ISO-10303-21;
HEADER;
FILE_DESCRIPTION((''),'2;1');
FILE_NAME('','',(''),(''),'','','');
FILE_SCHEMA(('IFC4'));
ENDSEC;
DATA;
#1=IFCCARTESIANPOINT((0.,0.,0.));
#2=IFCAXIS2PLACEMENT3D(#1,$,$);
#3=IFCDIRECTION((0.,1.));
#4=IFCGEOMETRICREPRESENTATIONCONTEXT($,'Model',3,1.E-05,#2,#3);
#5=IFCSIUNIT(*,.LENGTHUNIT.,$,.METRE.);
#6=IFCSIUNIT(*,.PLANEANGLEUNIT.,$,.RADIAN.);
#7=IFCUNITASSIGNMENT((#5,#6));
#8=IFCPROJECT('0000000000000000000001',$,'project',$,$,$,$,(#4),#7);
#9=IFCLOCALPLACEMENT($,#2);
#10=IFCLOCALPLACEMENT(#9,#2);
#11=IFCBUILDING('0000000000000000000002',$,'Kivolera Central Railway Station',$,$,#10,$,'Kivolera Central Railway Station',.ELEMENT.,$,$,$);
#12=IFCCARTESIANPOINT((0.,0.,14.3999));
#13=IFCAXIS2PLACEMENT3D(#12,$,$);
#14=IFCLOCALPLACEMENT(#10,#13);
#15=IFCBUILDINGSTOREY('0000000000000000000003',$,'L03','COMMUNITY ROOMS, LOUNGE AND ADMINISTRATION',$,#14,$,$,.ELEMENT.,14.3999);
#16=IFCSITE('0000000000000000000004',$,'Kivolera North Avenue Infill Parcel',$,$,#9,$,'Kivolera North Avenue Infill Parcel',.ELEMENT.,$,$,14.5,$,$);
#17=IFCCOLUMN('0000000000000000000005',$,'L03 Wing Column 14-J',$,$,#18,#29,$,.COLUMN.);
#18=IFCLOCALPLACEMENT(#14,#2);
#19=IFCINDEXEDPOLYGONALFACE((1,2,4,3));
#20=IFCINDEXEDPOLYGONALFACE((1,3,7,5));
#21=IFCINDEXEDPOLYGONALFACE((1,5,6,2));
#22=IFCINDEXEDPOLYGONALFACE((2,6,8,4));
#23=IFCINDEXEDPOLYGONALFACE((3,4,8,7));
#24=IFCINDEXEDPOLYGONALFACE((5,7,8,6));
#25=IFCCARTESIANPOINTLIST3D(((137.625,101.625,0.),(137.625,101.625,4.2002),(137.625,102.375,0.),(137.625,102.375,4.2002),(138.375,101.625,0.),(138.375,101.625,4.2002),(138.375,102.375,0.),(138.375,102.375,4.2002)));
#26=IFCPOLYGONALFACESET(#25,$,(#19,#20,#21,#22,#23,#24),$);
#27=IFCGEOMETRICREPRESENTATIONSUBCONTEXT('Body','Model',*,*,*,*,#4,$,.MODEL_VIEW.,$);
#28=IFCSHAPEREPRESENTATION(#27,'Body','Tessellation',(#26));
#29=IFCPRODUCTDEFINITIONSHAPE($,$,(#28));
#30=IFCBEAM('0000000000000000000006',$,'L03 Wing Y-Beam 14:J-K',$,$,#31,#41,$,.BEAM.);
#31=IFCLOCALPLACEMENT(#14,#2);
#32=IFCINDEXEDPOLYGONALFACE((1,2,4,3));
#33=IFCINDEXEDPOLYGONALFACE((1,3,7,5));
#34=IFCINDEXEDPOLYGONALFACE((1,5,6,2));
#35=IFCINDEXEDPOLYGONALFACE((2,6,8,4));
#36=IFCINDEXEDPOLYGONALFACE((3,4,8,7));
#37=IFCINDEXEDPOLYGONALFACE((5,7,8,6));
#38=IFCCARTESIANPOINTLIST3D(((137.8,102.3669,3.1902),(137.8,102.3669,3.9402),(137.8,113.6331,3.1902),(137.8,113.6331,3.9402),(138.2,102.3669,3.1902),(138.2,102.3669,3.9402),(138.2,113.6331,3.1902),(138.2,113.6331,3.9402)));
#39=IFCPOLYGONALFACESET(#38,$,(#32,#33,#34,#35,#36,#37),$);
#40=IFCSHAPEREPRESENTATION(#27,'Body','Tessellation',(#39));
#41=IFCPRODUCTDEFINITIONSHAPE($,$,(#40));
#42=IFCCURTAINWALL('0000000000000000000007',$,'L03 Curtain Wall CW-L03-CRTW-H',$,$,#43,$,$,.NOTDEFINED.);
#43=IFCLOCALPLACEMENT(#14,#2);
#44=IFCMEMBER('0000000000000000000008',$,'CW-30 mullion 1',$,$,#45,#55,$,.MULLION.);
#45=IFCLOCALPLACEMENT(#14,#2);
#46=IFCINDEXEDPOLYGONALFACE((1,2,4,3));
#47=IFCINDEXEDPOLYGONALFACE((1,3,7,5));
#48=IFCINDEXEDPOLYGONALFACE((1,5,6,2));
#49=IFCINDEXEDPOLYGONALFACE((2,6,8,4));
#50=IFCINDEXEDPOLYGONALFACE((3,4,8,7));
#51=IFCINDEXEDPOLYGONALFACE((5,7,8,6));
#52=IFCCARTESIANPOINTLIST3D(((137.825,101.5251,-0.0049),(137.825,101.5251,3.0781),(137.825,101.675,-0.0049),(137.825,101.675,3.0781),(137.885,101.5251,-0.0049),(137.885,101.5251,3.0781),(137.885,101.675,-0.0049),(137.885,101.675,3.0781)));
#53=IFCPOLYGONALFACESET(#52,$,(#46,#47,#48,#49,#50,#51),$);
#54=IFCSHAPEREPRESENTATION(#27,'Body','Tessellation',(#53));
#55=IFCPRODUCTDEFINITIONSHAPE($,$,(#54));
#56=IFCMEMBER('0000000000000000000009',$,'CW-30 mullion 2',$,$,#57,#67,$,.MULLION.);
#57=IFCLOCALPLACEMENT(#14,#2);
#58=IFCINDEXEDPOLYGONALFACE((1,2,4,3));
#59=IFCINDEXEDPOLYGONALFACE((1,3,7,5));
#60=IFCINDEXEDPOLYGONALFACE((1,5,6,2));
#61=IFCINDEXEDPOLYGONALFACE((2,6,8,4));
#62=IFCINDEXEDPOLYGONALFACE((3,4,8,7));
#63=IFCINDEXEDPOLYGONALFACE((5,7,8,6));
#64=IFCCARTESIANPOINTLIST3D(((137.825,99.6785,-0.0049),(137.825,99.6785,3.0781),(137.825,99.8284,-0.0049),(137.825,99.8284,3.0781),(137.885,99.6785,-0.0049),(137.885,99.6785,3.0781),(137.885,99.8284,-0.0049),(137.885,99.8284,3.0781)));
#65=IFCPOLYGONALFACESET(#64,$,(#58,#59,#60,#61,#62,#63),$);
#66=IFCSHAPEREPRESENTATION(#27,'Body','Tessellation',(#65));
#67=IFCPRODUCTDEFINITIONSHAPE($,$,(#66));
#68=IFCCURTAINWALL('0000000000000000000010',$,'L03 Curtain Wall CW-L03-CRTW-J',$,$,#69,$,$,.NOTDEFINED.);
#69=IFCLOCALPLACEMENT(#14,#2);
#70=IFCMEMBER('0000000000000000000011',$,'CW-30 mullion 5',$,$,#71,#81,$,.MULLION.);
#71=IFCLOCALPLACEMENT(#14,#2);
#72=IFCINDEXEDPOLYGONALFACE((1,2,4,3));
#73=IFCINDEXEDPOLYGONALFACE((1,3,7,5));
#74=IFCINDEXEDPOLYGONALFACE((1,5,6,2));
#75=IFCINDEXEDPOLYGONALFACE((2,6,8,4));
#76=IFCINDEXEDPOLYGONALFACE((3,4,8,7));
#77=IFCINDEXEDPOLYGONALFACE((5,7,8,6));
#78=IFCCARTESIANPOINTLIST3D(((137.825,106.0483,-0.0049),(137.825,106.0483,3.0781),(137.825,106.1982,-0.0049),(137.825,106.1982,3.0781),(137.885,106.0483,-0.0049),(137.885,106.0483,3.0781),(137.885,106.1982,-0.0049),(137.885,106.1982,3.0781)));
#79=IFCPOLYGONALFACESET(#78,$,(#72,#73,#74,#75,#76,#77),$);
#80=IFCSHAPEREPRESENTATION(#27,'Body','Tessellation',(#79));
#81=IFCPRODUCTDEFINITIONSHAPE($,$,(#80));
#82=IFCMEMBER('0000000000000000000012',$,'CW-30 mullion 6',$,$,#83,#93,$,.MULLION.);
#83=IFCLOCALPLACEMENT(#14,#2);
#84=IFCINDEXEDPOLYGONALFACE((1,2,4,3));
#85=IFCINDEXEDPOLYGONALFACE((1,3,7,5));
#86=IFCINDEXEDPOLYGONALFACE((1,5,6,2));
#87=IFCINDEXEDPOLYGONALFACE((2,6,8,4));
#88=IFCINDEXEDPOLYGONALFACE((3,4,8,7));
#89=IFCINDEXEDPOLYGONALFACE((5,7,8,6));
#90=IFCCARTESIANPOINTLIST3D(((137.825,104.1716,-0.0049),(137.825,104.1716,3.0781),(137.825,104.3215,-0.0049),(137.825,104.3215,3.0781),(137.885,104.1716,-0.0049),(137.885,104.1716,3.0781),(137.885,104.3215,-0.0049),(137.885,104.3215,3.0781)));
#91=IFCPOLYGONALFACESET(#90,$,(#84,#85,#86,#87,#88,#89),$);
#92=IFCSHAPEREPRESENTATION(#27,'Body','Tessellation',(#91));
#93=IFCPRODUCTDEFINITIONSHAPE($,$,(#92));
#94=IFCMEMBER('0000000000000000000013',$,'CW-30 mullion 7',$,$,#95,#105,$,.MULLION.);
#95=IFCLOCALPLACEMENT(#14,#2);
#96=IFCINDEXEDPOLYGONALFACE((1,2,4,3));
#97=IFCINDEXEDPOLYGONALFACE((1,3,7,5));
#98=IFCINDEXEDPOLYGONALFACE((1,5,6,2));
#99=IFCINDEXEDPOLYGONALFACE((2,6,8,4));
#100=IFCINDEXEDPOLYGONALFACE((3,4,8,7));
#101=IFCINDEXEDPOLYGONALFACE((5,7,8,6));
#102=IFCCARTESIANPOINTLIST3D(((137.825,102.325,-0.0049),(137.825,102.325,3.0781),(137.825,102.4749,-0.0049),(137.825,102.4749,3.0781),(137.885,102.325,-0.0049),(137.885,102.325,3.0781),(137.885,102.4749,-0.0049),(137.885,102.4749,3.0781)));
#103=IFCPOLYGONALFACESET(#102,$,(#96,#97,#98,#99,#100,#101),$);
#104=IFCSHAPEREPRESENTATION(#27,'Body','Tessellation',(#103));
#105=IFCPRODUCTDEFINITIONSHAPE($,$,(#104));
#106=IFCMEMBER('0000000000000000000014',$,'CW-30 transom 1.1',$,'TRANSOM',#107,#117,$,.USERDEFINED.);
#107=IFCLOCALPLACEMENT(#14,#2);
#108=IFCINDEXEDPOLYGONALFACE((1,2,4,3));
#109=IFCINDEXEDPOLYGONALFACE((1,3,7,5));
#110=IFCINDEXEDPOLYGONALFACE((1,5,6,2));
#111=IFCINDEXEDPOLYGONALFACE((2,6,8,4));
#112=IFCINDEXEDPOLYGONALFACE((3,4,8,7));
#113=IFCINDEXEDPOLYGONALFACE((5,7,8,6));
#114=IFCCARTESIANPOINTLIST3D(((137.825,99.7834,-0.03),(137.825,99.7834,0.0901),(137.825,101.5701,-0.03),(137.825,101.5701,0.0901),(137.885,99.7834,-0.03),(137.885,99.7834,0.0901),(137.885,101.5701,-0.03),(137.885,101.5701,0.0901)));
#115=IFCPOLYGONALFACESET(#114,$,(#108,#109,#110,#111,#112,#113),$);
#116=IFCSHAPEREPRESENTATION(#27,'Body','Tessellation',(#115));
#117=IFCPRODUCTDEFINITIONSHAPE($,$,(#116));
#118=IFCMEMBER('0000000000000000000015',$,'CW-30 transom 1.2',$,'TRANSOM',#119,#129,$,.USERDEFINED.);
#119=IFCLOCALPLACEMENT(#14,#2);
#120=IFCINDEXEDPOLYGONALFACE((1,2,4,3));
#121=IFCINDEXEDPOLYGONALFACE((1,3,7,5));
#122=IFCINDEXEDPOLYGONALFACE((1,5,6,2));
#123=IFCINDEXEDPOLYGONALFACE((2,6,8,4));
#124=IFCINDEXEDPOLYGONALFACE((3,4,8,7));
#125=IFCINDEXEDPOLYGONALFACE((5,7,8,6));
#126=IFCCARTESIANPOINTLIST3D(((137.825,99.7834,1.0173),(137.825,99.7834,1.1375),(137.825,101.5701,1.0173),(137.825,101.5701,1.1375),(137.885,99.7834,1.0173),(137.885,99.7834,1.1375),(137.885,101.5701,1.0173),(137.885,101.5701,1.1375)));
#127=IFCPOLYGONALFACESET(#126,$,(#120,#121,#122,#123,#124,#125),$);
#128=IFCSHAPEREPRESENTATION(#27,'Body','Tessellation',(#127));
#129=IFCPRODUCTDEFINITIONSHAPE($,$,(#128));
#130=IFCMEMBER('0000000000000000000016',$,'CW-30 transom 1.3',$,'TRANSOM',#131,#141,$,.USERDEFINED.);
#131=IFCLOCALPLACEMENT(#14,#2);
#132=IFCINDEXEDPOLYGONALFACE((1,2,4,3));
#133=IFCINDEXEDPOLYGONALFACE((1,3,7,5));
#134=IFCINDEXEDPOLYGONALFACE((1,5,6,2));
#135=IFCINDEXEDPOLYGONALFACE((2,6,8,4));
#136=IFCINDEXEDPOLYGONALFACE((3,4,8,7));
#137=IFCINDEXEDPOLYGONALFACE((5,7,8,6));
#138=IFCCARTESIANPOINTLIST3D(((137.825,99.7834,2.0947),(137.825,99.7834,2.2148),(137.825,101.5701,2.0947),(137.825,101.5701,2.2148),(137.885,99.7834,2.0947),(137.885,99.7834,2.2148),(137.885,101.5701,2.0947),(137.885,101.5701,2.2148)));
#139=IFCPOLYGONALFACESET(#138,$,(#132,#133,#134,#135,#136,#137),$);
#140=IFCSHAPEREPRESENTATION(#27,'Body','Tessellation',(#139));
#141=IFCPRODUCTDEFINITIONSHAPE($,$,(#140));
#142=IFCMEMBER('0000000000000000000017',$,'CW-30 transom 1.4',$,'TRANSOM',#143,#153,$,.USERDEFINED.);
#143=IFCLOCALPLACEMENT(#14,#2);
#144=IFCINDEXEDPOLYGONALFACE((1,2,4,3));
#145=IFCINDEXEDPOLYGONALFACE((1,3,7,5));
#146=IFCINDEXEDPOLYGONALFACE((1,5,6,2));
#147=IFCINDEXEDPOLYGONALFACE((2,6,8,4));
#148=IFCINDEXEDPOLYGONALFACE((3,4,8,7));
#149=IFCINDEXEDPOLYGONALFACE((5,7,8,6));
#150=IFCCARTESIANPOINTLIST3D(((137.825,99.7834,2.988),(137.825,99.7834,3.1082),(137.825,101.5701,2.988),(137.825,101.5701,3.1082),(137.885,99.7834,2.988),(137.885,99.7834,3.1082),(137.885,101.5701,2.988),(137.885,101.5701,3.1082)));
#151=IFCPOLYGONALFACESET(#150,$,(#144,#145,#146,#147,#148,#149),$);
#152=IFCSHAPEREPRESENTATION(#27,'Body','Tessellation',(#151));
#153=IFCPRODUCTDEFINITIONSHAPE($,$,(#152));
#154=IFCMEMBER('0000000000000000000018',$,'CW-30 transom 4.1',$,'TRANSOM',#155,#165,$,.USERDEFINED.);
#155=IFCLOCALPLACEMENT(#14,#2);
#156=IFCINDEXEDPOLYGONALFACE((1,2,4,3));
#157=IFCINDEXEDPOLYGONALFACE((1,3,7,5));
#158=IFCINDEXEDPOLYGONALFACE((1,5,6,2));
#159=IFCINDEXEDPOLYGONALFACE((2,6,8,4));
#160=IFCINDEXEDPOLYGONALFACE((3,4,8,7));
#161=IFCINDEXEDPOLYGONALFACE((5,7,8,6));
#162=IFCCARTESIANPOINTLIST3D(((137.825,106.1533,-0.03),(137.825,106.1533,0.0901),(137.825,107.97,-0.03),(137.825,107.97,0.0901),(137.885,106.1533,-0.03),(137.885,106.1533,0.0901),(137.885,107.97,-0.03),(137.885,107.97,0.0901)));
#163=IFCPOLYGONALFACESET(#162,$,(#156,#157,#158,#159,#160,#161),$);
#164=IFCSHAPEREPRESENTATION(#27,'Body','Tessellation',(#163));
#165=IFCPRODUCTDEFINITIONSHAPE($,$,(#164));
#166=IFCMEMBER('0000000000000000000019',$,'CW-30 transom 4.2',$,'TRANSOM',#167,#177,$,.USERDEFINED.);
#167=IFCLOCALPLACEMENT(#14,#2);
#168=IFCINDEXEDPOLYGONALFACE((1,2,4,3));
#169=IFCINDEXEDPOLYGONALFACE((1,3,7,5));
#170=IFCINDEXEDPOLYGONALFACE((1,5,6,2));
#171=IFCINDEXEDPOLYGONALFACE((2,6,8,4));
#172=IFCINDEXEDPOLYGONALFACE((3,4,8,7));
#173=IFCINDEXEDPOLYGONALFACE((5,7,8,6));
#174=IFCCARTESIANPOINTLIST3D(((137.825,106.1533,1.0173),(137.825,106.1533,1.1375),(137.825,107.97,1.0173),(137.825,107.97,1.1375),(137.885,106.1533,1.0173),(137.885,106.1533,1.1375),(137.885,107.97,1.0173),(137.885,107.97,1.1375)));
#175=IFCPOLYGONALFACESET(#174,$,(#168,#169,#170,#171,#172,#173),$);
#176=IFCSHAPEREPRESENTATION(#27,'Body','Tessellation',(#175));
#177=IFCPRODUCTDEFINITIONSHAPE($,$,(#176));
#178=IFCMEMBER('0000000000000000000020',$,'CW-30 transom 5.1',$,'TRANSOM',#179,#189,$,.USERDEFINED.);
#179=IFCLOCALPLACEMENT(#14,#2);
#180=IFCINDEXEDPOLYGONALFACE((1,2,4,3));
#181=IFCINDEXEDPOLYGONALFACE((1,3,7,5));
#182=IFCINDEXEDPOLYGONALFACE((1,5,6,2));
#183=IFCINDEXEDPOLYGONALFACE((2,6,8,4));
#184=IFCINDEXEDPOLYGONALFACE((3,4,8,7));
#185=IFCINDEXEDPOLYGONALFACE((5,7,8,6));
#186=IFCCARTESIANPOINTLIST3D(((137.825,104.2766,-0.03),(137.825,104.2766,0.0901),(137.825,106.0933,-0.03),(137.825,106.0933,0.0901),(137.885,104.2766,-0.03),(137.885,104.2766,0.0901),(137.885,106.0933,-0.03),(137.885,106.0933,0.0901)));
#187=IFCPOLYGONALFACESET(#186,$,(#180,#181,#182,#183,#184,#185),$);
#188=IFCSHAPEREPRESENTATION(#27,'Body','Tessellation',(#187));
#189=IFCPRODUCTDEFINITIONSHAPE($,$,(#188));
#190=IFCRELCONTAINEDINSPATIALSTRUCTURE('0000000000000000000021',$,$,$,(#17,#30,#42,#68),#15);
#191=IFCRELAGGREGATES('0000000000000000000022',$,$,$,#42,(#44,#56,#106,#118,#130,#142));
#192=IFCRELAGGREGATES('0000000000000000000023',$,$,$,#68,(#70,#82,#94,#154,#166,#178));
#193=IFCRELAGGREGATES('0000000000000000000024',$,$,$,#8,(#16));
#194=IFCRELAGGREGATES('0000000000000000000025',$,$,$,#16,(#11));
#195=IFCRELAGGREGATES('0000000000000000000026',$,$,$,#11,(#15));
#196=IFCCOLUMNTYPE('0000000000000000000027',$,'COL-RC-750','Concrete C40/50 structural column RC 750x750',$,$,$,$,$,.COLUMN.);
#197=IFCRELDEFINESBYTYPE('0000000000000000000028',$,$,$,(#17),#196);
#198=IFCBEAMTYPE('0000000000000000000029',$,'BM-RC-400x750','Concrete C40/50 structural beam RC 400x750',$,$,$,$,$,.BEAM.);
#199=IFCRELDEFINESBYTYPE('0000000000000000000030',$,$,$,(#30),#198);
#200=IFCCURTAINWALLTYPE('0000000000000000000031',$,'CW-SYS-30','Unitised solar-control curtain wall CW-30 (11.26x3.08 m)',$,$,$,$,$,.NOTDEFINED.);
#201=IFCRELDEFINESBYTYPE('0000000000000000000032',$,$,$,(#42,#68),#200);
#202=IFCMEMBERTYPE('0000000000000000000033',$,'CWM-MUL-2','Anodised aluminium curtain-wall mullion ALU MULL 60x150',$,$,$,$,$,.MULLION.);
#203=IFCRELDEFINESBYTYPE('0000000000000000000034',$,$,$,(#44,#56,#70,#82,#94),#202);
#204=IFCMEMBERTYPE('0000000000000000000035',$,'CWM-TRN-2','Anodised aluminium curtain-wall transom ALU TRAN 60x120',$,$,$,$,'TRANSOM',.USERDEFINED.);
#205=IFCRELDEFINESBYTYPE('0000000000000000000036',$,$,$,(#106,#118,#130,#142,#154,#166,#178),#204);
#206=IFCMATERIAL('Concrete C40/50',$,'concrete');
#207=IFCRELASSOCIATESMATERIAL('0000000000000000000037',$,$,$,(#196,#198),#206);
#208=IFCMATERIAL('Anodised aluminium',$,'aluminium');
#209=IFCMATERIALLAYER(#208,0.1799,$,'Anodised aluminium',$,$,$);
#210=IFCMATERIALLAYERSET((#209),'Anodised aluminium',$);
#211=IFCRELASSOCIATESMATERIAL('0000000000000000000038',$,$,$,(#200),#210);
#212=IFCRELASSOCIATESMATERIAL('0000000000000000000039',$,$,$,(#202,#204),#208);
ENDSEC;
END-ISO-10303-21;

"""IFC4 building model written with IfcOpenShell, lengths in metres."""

from ifc_helpers import new_model, si_unit, direction, frame, origin, origin_2d, place, context, subcontext, project, spatial, rectangle, extrude, material, layer, layer_set, material_profile, profile_set, type_object, element, aggregate, save


model = new_model("IFC4")

# Units and contexts
model_context = context("Model", 3, precision=1e-05, world=origin(), true_north=direction((0.0, 1.0)))
body_context = subcontext(model_context, "Body", "Model", "MODEL_VIEW")
ifc_project = project(units=[si_unit("LENGTHUNIT", "METRE"), si_unit("PLANEANGLEUNIT", "RADIAN")], contexts=[model_context])

# Site, building, storey
site_placement = place(None, origin())
site = spatial("IfcSite", under=ifc_project, at=site_placement, Name="Kivolera North Avenue Infill Parcel", LongName="Kivolera North Avenue Infill Parcel", CompositionType="ELEMENT", RefElevation=14.5)
building_placement = place(site_placement, origin())
building = spatial("IfcBuilding", under=site, at=building_placement, Name="Kivolera Central Railway Station", LongName="Kivolera Central Railway Station", CompositionType="ELEMENT")
storey_placement = place(building_placement, frame((0.0, 0.0, 14.3999)))
storey = spatial("IfcBuildingStorey", under=building, at=storey_placement, Name="L03", Description="COMMUNITY ROOMS, LOUNGE AND ADMINISTRATION", CompositionType="ELEMENT", Elevation=14.3999)

# Column
ifc_material_1 = material(Name="Concrete C40/50", Category="concrete")
ifc_material_profile_1 = material_profile(ifc_material_1, rectangle(XDim=0.75, YDim=0.75, at=origin_2d()), Name="RC 750x750")
ifc_profile_set_1 = profile_set([ifc_material_profile_1], Name="Concrete C40/50")
column_type = type_object("IfcColumnType", Name="COL-RC-750", Description="Concrete C40/50 structural column RC 750x750", PredefinedType="COLUMN", material=ifc_profile_set_1)
column_placement = place(storey_placement, frame((138.0, 102.0, 0.0), z_axis=(0.0, 0.0, 1.0), x_axis=(1.0, 0.0, 0.0)))
element("IfcColumn", 1, at=column_placement, inside=storey, type_object=column_type, Name="L03 Wing Column 14-J", PredefinedType="COLUMN", context=body_context, shape_type="SweptSolid", body=[
    extrude(rectangle(XDim=0.75, YDim=0.75, at=origin_2d()), origin(), (0.0, 0.0, 1.0), 4.2002),
])

# Beam
ifc_material_profile_2 = material_profile(ifc_material_1, rectangle(XDim=0.3999, YDim=0.75, at=origin_2d()), Name="RC 400x750")
ifc_profile_set_2 = profile_set([ifc_material_profile_2], Name="Concrete C40/50")
beam_type = type_object("IfcBeamType", Name="BM-RC-400x750", Description="Concrete C40/50 structural beam RC 400x750", PredefinedType="BEAM", material=ifc_profile_set_2)
beam_placement = place(storey_placement, frame((138.0, 102.3669, 3.5652), z_axis=(0.0, 1.0, 0.0), x_axis=(-1.0, 0.0, 0.0)))
element("IfcBeam", 2, at=beam_placement, inside=storey, type_object=beam_type, Name="L03 Wing Y-Beam 14:J-K", PredefinedType="BEAM", context=body_context, shape_type="SweptSolid", body=[
    extrude(rectangle(XDim=0.3999, YDim=0.75, at=origin_2d()), origin(), (0.0, 0.0, 1.0), 11.2661),
])

# Curtain walls, members
ifc_material_2 = material(Name="Anodised aluminium", Category="aluminium")
ifc_layer_1 = layer(ifc_material_2, 0.1799, Name="Anodised aluminium")
ifc_layer_set_1 = layer_set([ifc_layer_1], Name="Anodised aluminium")
curtain_wall_type = type_object("IfcCurtainWallType", Name="CW-SYS-30", Description="Unitised solar-control curtain wall CW-30 (11.26x3.08 m)", PredefinedType="NOTDEFINED", material=ifc_layer_set_1)
curtain_wall_1_placement = place(storey_placement, origin())
curtain_wall_1 = element("IfcCurtainWall", 3, at=curtain_wall_1_placement, inside=storey, type_object=curtain_wall_type, Name="L03 Curtain Wall CW-L03-CRTW-H", PredefinedType="NOTDEFINED")
ifc_material_profile_3 = material_profile(ifc_material_2, rectangle(XDim=0.0601, YDim=0.1499, at=origin_2d()), Name="ALU MULL 60x150")
ifc_profile_set_3 = profile_set([ifc_material_profile_3], Name="Anodised aluminium")
member_type_1 = type_object("IfcMemberType", Name="CWM-MUL-2", Description="Anodised aluminium curtain-wall mullion ALU MULL 60x150", PredefinedType="MULLION", material=ifc_profile_set_3)
member_1_placement = place(storey_placement, frame((137.855, 101.6001, -0.0049), z_axis=(0.0, 0.0, 1.0), x_axis=(1.0, 0.0, 0.0)))
member_1 = element("IfcMember", 4, at=member_1_placement, type_object=member_type_1, Name="CW-30 mullion 1", PredefinedType="MULLION", context=body_context, shape_type="SweptSolid", body=[
    extrude(rectangle(XDim=0.0601, YDim=0.1499, at=origin_2d()), origin(), (0.0, 0.0, 1.0), 3.083),
])
member_2_placement = place(storey_placement, frame((137.855, 99.7534, -0.0049), z_axis=(0.0, 0.0, 1.0), x_axis=(1.0, 0.0, 0.0)))
member_2 = element("IfcMember", 5, at=member_2_placement, type_object=member_type_1, Name="CW-30 mullion 2", PredefinedType="MULLION", context=body_context, shape_type="SweptSolid", body=[
    extrude(rectangle(XDim=0.0601, YDim=0.1499, at=origin_2d()), origin(), (0.0, 0.0, 1.0), 3.083),
])
curtain_wall_2_placement = place(storey_placement, origin())
curtain_wall_2 = element("IfcCurtainWall", 6, at=curtain_wall_2_placement, inside=storey, type_object=curtain_wall_type, Name="L03 Curtain Wall CW-L03-CRTW-J", PredefinedType="NOTDEFINED")
member_3_placement = place(storey_placement, frame((137.855, 106.1233, -0.0049), z_axis=(0.0, 0.0, 1.0), x_axis=(1.0, 0.0, 0.0)))
member_3 = element("IfcMember", 7, at=member_3_placement, type_object=member_type_1, Name="CW-30 mullion 5", PredefinedType="MULLION", context=body_context, shape_type="SweptSolid", body=[
    extrude(rectangle(XDim=0.0601, YDim=0.1499, at=origin_2d()), origin(), (0.0, 0.0, 1.0), 3.083),
])
member_4_placement = place(storey_placement, frame((137.855, 104.2466, -0.0049), z_axis=(0.0, 0.0, 1.0), x_axis=(1.0, 0.0, 0.0)))
member_4 = element("IfcMember", 8, at=member_4_placement, type_object=member_type_1, Name="CW-30 mullion 6", PredefinedType="MULLION", context=body_context, shape_type="SweptSolid", body=[
    extrude(rectangle(XDim=0.0601, YDim=0.1499, at=origin_2d()), origin(), (0.0, 0.0, 1.0), 3.083),
])
member_5_placement = place(storey_placement, frame((137.855, 102.3999, -0.0049), z_axis=(0.0, 0.0, 1.0), x_axis=(1.0, 0.0, 0.0)))
member_5 = element("IfcMember", 9, at=member_5_placement, type_object=member_type_1, Name="CW-30 mullion 7", PredefinedType="MULLION", context=body_context, shape_type="SweptSolid", body=[
    extrude(rectangle(XDim=0.0601, YDim=0.1499, at=origin_2d()), origin(), (0.0, 0.0, 1.0), 3.083),
])

# Members
ifc_material_profile_4 = material_profile(ifc_material_2, rectangle(XDim=0.0601, YDim=0.1201, at=origin_2d()), Name="ALU TRAN 60x120")
ifc_profile_set_4 = profile_set([ifc_material_profile_4], Name="Anodised aluminium")
member_type_2 = type_object("IfcMemberType", Name="CWM-TRN-2", Description="Anodised aluminium curtain-wall transom ALU TRAN 60x120", ElementType="TRANSOM", PredefinedType="USERDEFINED", material=ifc_profile_set_4)
member_6_placement = place(storey_placement, frame((137.855, 101.5701, 0.03), z_axis=(0.0, -1.0, 0.0), x_axis=(1.0, 0.0, 0.0)))
member_6 = element("IfcMember", 10, at=member_6_placement, type_object=member_type_2, Name="CW-30 transom 1.1", ObjectType="TRANSOM", PredefinedType="USERDEFINED", context=body_context, shape_type="SweptSolid", body=[
    extrude(rectangle(XDim=0.0601, YDim=0.1201, at=origin_2d()), origin(), (0.0, 0.0, 1.0), 1.7866),
])
member_7_placement = place(storey_placement, frame((137.855, 101.5701, 1.0774), z_axis=(0.0, -1.0, 0.0), x_axis=(1.0, 0.0, 0.0)))
member_7 = element("IfcMember", 11, at=member_7_placement, type_object=member_type_2, Name="CW-30 transom 1.2", ObjectType="TRANSOM", PredefinedType="USERDEFINED", context=body_context, shape_type="SweptSolid", body=[
    extrude(rectangle(XDim=0.0601, YDim=0.1201, at=origin_2d()), origin(), (0.0, 0.0, 1.0), 1.7866),
])
member_8_placement = place(storey_placement, frame((137.855, 101.5701, 2.1548), z_axis=(0.0, -1.0, 0.0), x_axis=(1.0, 0.0, 0.0)))
member_8 = element("IfcMember", 12, at=member_8_placement, type_object=member_type_2, Name="CW-30 transom 1.3", ObjectType="TRANSOM", PredefinedType="USERDEFINED", context=body_context, shape_type="SweptSolid", body=[
    extrude(rectangle(XDim=0.0601, YDim=0.1201, at=origin_2d()), origin(), (0.0, 0.0, 1.0), 1.7866),
])
member_9_placement = place(storey_placement, frame((137.855, 101.5701, 3.0481), z_axis=(0.0, -1.0, 0.0), x_axis=(1.0, 0.0, 0.0)))
member_9 = element("IfcMember", 13, at=member_9_placement, type_object=member_type_2, Name="CW-30 transom 1.4", ObjectType="TRANSOM", PredefinedType="USERDEFINED", context=body_context, shape_type="SweptSolid", body=[
    extrude(rectangle(XDim=0.0601, YDim=0.1201, at=origin_2d()), origin(), (0.0, 0.0, 1.0), 1.7866),
])
member_10_placement = place(storey_placement, frame((137.855, 107.97, 0.03), z_axis=(0.0, -1.0, 0.0), x_axis=(1.0, 0.0, 0.0)))
member_10 = element("IfcMember", 14, at=member_10_placement, type_object=member_type_2, Name="CW-30 transom 4.1", ObjectType="TRANSOM", PredefinedType="USERDEFINED", context=body_context, shape_type="SweptSolid", body=[
    extrude(rectangle(XDim=0.0601, YDim=0.1201, at=origin_2d()), origin(), (0.0, 0.0, 1.0), 1.8167),
])
member_11_placement = place(storey_placement, frame((137.855, 107.97, 1.0774), z_axis=(0.0, -1.0, 0.0), x_axis=(1.0, 0.0, 0.0)))
member_11 = element("IfcMember", 15, at=member_11_placement, type_object=member_type_2, Name="CW-30 transom 4.2", ObjectType="TRANSOM", PredefinedType="USERDEFINED", context=body_context, shape_type="SweptSolid", body=[
    extrude(rectangle(XDim=0.0601, YDim=0.1201, at=origin_2d()), origin(), (0.0, 0.0, 1.0), 1.8167),
])
member_12_placement = place(storey_placement, frame((137.855, 106.0933, 0.03), z_axis=(0.0, -1.0, 0.0), x_axis=(1.0, 0.0, 0.0)))
member_12 = element("IfcMember", 16, at=member_12_placement, type_object=member_type_2, Name="CW-30 transom 5.1", ObjectType="TRANSOM", PredefinedType="USERDEFINED", context=body_context, shape_type="SweptSolid", body=[
    extrude(rectangle(XDim=0.0601, YDim=0.1201, at=origin_2d()), origin(), (0.0, 0.0, 1.0), 1.8167),
])

aggregate(curtain_wall_1, [member_1, member_2, member_6, member_7, member_8, member_9])
aggregate(curtain_wall_2, [member_3, member_4, member_5, member_10, member_11, member_12])

save(model, "model.ifc")
